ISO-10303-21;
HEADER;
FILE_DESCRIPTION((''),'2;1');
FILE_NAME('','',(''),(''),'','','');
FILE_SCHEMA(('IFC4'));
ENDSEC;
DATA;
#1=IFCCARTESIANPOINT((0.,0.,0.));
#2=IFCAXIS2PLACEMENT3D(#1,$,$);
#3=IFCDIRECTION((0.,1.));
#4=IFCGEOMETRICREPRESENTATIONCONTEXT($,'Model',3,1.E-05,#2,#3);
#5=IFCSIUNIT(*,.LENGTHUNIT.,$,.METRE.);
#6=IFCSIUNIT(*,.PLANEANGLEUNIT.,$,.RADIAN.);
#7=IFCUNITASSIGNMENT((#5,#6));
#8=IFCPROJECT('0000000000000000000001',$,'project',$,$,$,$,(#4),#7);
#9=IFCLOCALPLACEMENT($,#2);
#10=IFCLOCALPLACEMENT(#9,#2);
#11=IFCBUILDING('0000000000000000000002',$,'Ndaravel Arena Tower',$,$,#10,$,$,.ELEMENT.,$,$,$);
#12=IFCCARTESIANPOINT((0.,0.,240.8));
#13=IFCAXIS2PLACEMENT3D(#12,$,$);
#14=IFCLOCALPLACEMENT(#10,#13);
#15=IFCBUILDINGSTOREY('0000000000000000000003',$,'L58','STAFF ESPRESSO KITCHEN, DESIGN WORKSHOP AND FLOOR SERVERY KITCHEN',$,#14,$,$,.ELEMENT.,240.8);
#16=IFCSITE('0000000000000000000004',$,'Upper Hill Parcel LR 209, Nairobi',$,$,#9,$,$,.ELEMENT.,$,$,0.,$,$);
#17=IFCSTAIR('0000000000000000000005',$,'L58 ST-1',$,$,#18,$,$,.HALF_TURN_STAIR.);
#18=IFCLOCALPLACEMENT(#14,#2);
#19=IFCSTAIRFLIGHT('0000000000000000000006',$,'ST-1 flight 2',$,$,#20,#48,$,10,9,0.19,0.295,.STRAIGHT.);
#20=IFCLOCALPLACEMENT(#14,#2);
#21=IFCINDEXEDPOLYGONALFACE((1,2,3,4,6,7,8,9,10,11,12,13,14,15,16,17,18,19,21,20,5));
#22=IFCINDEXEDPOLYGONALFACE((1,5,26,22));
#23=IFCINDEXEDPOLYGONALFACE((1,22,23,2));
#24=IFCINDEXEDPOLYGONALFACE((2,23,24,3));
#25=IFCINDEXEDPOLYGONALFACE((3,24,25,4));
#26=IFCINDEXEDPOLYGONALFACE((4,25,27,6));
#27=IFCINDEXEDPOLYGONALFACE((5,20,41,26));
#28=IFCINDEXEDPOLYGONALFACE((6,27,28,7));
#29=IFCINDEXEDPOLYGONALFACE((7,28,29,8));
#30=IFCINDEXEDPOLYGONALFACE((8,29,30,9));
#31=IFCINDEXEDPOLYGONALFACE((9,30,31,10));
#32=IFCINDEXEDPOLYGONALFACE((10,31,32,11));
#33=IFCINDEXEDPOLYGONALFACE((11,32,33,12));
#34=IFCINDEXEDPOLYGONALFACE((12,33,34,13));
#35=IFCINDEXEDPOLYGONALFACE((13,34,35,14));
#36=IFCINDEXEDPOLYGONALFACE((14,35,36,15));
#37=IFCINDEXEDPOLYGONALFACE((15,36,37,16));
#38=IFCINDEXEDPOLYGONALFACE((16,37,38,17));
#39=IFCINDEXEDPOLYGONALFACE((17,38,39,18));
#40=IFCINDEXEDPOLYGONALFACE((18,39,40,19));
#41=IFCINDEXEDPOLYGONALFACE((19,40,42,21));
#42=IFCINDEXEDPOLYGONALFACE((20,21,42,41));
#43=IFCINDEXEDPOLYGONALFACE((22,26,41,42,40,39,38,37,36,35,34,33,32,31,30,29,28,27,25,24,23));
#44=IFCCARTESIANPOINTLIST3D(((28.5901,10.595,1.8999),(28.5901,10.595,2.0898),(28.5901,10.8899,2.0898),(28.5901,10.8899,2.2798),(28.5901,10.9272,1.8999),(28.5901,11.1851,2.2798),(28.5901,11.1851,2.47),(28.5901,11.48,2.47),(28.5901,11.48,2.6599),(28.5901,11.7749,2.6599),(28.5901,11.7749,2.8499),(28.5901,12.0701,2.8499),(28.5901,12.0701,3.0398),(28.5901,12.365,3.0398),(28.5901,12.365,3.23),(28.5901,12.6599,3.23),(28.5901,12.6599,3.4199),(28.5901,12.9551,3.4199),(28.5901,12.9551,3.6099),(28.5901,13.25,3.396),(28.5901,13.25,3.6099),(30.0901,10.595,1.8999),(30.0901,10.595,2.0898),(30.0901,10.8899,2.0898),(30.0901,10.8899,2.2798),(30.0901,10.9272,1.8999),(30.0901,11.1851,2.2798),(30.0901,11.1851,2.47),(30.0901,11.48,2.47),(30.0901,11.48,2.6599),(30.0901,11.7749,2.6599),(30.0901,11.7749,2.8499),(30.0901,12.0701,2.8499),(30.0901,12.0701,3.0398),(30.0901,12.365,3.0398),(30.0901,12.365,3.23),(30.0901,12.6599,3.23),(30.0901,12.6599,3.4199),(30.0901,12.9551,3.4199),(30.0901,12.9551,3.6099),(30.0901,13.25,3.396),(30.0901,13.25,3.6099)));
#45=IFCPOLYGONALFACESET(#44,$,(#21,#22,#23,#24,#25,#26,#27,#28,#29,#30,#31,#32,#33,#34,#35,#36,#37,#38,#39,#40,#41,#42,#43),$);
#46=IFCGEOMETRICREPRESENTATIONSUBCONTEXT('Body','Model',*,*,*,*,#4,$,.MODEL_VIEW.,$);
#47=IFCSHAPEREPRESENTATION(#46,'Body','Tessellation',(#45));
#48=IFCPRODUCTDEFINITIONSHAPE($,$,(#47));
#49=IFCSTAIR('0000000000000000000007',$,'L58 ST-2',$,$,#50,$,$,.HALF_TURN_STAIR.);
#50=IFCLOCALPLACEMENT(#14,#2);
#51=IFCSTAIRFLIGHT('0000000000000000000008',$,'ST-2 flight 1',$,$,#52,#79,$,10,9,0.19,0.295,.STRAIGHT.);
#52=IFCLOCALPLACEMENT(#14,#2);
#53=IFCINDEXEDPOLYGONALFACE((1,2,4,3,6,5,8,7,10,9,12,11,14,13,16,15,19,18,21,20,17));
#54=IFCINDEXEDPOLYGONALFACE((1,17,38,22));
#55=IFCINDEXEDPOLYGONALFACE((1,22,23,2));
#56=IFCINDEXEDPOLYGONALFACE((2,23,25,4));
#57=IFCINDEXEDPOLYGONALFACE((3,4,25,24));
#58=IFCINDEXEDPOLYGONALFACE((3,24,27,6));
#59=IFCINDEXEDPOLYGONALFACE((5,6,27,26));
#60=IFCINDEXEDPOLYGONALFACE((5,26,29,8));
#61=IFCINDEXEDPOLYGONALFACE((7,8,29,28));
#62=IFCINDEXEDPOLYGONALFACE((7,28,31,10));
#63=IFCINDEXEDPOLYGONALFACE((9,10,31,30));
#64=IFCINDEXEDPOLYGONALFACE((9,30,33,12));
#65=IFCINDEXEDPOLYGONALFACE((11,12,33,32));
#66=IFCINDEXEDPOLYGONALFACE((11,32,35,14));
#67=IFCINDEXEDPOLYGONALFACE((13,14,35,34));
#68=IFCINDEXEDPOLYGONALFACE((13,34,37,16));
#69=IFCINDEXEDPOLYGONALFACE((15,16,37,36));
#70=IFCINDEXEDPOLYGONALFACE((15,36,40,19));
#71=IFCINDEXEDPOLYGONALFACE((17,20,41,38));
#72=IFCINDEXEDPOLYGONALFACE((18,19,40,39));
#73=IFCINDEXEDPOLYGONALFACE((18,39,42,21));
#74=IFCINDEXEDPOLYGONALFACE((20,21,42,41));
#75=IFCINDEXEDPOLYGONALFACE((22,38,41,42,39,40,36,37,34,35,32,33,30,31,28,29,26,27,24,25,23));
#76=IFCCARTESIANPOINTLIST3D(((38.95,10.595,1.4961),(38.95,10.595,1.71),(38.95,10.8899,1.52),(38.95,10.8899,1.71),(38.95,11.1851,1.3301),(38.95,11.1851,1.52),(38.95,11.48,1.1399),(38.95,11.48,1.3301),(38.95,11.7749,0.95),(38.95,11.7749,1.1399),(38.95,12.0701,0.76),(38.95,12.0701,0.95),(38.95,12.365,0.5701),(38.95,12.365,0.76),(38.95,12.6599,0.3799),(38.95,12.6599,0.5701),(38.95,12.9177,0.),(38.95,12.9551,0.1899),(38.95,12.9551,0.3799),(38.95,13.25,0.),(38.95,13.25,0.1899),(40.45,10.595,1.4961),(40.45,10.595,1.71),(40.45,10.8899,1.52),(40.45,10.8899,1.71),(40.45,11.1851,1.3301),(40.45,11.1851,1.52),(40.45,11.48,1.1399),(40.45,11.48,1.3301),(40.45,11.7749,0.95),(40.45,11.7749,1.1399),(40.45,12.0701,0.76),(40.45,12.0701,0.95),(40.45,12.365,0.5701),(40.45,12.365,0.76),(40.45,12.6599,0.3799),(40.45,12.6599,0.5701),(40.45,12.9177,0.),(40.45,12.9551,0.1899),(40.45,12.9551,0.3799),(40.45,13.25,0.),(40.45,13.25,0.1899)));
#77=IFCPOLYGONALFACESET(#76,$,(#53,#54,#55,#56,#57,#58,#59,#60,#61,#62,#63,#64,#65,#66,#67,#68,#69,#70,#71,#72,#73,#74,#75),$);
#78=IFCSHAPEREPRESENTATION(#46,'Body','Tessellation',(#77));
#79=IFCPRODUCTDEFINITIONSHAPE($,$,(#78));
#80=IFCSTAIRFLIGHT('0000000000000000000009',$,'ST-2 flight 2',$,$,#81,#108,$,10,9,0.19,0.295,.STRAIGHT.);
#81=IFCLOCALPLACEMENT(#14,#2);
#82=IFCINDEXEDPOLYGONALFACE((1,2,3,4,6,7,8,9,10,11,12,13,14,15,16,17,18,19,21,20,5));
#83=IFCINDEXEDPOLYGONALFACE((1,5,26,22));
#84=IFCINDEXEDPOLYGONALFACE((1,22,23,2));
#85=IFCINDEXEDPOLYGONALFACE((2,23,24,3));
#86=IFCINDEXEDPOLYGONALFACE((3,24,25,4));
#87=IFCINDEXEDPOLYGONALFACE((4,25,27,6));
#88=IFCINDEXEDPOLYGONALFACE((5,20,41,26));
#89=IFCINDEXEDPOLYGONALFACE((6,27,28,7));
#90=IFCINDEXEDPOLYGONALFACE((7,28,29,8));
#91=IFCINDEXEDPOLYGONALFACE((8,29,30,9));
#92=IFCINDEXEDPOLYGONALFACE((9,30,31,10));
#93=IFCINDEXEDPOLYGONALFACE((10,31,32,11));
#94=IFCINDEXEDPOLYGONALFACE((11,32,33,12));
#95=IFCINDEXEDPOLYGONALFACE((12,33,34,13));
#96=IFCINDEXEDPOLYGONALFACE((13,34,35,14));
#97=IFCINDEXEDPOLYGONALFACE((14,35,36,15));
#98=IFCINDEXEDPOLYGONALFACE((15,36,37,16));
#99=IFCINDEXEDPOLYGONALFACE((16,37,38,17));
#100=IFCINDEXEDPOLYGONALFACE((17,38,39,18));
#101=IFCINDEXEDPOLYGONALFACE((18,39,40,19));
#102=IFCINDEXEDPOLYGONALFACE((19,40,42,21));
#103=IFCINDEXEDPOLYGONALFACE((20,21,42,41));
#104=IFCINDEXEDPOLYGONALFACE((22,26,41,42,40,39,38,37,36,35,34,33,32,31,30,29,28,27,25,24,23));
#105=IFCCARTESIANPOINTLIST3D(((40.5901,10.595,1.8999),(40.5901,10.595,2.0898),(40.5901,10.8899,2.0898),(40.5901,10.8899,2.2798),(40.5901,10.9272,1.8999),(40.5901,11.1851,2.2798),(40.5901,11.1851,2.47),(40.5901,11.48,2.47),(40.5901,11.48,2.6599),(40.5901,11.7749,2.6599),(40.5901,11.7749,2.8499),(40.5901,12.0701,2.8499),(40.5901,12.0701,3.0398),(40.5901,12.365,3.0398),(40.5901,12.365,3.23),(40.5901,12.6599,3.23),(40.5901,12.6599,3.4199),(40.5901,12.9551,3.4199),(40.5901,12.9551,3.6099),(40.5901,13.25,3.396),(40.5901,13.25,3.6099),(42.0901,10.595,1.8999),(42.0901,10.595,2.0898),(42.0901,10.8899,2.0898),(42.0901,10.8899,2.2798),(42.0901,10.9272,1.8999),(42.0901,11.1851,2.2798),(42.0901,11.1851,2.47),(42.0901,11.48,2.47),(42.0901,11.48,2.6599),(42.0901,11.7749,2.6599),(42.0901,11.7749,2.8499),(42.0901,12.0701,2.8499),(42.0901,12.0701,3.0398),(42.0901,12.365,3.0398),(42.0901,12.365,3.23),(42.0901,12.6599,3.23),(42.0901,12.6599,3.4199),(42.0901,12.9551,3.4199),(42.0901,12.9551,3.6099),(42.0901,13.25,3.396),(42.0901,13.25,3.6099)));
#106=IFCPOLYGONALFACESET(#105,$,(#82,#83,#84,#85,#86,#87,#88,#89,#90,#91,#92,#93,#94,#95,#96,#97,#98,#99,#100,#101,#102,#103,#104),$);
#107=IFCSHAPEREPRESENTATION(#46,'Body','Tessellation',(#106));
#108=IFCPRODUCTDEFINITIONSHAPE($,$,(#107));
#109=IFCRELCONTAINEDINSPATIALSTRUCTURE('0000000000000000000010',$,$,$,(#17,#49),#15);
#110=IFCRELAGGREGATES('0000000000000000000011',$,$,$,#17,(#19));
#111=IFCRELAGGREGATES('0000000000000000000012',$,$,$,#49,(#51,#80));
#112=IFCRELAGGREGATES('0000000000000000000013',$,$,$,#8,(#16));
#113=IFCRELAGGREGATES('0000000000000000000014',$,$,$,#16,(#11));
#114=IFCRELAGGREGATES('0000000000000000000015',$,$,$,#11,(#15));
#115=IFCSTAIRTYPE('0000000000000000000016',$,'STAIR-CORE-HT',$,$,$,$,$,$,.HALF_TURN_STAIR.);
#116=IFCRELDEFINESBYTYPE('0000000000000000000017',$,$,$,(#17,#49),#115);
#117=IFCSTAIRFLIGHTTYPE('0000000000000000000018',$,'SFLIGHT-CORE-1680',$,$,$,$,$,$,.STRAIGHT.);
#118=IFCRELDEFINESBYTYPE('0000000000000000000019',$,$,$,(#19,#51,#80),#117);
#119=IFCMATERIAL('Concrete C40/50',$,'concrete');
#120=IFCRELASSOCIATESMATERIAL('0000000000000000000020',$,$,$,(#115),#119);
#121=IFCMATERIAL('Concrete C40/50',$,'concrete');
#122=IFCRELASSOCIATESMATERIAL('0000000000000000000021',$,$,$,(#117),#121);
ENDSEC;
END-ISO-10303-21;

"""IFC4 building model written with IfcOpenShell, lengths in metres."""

from ifc_helpers import new_model, si_unit, direction, frame, origin, place, context, subcontext, project, spatial, polyline, outline, extrude, material, type_object, element, aggregate, save


model = new_model("IFC4")

# Units and contexts
model_context = context("Model", 3, precision=1e-05, world=origin(), true_north=direction((0.0, 1.0)))
body_context = subcontext(model_context, "Body", "Model", "MODEL_VIEW")
ifc_project = project(units=[si_unit("LENGTHUNIT", "METRE"), si_unit("PLANEANGLEUNIT", "RADIAN")], contexts=[model_context])

# Site, building, storey
site_placement = place(None, origin())
site = spatial("IfcSite", under=ifc_project, at=site_placement, Name="Upper Hill Parcel LR 209, Nairobi", CompositionType="ELEMENT", RefElevation=0.0)
building_placement = place(site_placement, origin())
building = spatial("IfcBuilding", under=site, at=building_placement, Name="Ndaravel Arena Tower", CompositionType="ELEMENT")
storey_placement = place(building_placement, frame((0.0, 0.0, 240.8)))
storey = spatial("IfcBuildingStorey", under=building, at=storey_placement, Name="L58", Description="STAFF ESPRESSO KITCHEN, DESIGN WORKSHOP AND FLOOR SERVERY KITCHEN", CompositionType="ELEMENT", Elevation=240.8)

# Stairs, stair flights
ifc_material_1 = material(Name="Concrete C40/50", Category="concrete")
stair_type = type_object("IfcStairType", Name="STAIR-CORE-HT", PredefinedType="HALF_TURN_STAIR", material=ifc_material_1)
stair_1_placement = place(storey_placement, origin())
stair_1 = element("IfcStair", 1, at=stair_1_placement, inside=storey, type_object=stair_type, Name="L58 ST-1", PredefinedType="HALF_TURN_STAIR")
ifc_material_2 = material(Name="Concrete C40/50", Category="concrete")
stair_flight_type = type_object("IfcStairFlightType", Name="SFLIGHT-CORE-1680", PredefinedType="STRAIGHT", material=ifc_material_2)
stair_flight_1_placement = place(storey_placement, frame((29.3401, 10.595, 1.8999), z_axis=(0.0, 0.0, 1.0), x_axis=(0.0, 1.0, 0.0)))
stair_flight_1 = element("IfcStairFlight", 2, at=stair_flight_1_placement, type_object=stair_flight_type, Name="ST-1 flight 2", NumberOfRisers=10, NumberOfTreads=9, PredefinedType="STRAIGHT", RiserHeight=0.19, TreadLength=0.295, context=body_context, shape_type="SweptSolid", body=[
    extrude(outline(polyline([(0.0, 0.0), (0.0, 0.1899), (0.2949, 0.1899), (0.2949, 0.3799), (0.5901, 0.3799), (0.5901, 0.5701), (0.885, 0.5701), (0.885, 0.76), (1.1799, 0.76), (1.1799, 0.95), (1.4751, 0.95), (1.4751, 1.1399), (1.77, 1.1399), (1.77, 1.3301), (2.0649, 1.3301), (2.0649, 1.52), (2.3601, 1.52), (2.3601, 1.71), (2.655, 1.71), (2.655, 1.8999), (2.655, 1.4961), (0.3323, 0.0), (0.0, 0.0)])), frame((0.0, 0.75, 0.0), z_axis=(0.0, -1.0, 0.0), x_axis=(1.0, 0.0, 0.0)), (0.0, 0.0, 1.0), 1.5),
])
aggregate(stair_1, [stair_flight_1])
stair_2_placement = place(storey_placement, origin())
stair_2 = element("IfcStair", 3, at=stair_2_placement, inside=storey, type_object=stair_type, Name="L58 ST-2", PredefinedType="HALF_TURN_STAIR")
stair_flight_2_placement = place(storey_placement, frame((39.7, 13.25, 0.0), z_axis=(0.0, 0.0, 1.0), x_axis=(0.0, -1.0, 0.0)))
stair_flight_2 = element("IfcStairFlight", 4, at=stair_flight_2_placement, type_object=stair_flight_type, Name="ST-2 flight 1", NumberOfRisers=10, NumberOfTreads=9, PredefinedType="STRAIGHT", RiserHeight=0.19, TreadLength=0.295, context=body_context, shape_type="SweptSolid", body=[
    extrude(outline(polyline([(0.0, 0.0), (0.0, 0.1899), (0.2949, 0.1899), (0.2949, 0.3799), (0.5901, 0.3799), (0.5901, 0.5701), (0.885, 0.5701), (0.885, 0.76), (1.1799, 0.76), (1.1799, 0.95), (1.4751, 0.95), (1.4751, 1.1399), (1.77, 1.1399), (1.77, 1.3301), (2.0649, 1.3301), (2.0649, 1.52), (2.3601, 1.52), (2.3601, 1.71), (2.655, 1.71), (2.655, 1.8999), (2.655, 1.4961), (0.3323, 0.0), (0.0, 0.0)])), frame((0.0, 0.75, 0.0), z_axis=(0.0, -1.0, 0.0), x_axis=(1.0, 0.0, 0.0)), (0.0, 0.0, 1.0), 1.5),
])
stair_flight_3_placement = place(storey_placement, frame((41.3401, 10.595, 1.8999), z_axis=(0.0, 0.0, 1.0), x_axis=(0.0, 1.0, 0.0)))
stair_flight_3 = element("IfcStairFlight", 5, at=stair_flight_3_placement, type_object=stair_flight_type, Name="ST-2 flight 2", NumberOfRisers=10, NumberOfTreads=9, PredefinedType="STRAIGHT", RiserHeight=0.19, TreadLength=0.295, context=body_context, shape_type="SweptSolid", body=[
    extrude(outline(polyline([(0.0, 0.0), (0.0, 0.1899), (0.2949, 0.1899), (0.2949, 0.3799), (0.5901, 0.3799), (0.5901, 0.5701), (0.885, 0.5701), (0.885, 0.76), (1.1799, 0.76), (1.1799, 0.95), (1.4751, 0.95), (1.4751, 1.1399), (1.77, 1.1399), (1.77, 1.3301), (2.0649, 1.3301), (2.0649, 1.52), (2.3601, 1.52), (2.3601, 1.71), (2.655, 1.71), (2.655, 1.8999), (2.655, 1.4961), (0.3323, 0.0), (0.0, 0.0)])), frame((0.0, 0.75, 0.0), z_axis=(0.0, -1.0, 0.0), x_axis=(1.0, 0.0, 0.0)), (0.0, 0.0, 1.0), 1.5),
])
aggregate(stair_2, [stair_flight_2, stair_flight_3])

save(model, "model.ifc")
